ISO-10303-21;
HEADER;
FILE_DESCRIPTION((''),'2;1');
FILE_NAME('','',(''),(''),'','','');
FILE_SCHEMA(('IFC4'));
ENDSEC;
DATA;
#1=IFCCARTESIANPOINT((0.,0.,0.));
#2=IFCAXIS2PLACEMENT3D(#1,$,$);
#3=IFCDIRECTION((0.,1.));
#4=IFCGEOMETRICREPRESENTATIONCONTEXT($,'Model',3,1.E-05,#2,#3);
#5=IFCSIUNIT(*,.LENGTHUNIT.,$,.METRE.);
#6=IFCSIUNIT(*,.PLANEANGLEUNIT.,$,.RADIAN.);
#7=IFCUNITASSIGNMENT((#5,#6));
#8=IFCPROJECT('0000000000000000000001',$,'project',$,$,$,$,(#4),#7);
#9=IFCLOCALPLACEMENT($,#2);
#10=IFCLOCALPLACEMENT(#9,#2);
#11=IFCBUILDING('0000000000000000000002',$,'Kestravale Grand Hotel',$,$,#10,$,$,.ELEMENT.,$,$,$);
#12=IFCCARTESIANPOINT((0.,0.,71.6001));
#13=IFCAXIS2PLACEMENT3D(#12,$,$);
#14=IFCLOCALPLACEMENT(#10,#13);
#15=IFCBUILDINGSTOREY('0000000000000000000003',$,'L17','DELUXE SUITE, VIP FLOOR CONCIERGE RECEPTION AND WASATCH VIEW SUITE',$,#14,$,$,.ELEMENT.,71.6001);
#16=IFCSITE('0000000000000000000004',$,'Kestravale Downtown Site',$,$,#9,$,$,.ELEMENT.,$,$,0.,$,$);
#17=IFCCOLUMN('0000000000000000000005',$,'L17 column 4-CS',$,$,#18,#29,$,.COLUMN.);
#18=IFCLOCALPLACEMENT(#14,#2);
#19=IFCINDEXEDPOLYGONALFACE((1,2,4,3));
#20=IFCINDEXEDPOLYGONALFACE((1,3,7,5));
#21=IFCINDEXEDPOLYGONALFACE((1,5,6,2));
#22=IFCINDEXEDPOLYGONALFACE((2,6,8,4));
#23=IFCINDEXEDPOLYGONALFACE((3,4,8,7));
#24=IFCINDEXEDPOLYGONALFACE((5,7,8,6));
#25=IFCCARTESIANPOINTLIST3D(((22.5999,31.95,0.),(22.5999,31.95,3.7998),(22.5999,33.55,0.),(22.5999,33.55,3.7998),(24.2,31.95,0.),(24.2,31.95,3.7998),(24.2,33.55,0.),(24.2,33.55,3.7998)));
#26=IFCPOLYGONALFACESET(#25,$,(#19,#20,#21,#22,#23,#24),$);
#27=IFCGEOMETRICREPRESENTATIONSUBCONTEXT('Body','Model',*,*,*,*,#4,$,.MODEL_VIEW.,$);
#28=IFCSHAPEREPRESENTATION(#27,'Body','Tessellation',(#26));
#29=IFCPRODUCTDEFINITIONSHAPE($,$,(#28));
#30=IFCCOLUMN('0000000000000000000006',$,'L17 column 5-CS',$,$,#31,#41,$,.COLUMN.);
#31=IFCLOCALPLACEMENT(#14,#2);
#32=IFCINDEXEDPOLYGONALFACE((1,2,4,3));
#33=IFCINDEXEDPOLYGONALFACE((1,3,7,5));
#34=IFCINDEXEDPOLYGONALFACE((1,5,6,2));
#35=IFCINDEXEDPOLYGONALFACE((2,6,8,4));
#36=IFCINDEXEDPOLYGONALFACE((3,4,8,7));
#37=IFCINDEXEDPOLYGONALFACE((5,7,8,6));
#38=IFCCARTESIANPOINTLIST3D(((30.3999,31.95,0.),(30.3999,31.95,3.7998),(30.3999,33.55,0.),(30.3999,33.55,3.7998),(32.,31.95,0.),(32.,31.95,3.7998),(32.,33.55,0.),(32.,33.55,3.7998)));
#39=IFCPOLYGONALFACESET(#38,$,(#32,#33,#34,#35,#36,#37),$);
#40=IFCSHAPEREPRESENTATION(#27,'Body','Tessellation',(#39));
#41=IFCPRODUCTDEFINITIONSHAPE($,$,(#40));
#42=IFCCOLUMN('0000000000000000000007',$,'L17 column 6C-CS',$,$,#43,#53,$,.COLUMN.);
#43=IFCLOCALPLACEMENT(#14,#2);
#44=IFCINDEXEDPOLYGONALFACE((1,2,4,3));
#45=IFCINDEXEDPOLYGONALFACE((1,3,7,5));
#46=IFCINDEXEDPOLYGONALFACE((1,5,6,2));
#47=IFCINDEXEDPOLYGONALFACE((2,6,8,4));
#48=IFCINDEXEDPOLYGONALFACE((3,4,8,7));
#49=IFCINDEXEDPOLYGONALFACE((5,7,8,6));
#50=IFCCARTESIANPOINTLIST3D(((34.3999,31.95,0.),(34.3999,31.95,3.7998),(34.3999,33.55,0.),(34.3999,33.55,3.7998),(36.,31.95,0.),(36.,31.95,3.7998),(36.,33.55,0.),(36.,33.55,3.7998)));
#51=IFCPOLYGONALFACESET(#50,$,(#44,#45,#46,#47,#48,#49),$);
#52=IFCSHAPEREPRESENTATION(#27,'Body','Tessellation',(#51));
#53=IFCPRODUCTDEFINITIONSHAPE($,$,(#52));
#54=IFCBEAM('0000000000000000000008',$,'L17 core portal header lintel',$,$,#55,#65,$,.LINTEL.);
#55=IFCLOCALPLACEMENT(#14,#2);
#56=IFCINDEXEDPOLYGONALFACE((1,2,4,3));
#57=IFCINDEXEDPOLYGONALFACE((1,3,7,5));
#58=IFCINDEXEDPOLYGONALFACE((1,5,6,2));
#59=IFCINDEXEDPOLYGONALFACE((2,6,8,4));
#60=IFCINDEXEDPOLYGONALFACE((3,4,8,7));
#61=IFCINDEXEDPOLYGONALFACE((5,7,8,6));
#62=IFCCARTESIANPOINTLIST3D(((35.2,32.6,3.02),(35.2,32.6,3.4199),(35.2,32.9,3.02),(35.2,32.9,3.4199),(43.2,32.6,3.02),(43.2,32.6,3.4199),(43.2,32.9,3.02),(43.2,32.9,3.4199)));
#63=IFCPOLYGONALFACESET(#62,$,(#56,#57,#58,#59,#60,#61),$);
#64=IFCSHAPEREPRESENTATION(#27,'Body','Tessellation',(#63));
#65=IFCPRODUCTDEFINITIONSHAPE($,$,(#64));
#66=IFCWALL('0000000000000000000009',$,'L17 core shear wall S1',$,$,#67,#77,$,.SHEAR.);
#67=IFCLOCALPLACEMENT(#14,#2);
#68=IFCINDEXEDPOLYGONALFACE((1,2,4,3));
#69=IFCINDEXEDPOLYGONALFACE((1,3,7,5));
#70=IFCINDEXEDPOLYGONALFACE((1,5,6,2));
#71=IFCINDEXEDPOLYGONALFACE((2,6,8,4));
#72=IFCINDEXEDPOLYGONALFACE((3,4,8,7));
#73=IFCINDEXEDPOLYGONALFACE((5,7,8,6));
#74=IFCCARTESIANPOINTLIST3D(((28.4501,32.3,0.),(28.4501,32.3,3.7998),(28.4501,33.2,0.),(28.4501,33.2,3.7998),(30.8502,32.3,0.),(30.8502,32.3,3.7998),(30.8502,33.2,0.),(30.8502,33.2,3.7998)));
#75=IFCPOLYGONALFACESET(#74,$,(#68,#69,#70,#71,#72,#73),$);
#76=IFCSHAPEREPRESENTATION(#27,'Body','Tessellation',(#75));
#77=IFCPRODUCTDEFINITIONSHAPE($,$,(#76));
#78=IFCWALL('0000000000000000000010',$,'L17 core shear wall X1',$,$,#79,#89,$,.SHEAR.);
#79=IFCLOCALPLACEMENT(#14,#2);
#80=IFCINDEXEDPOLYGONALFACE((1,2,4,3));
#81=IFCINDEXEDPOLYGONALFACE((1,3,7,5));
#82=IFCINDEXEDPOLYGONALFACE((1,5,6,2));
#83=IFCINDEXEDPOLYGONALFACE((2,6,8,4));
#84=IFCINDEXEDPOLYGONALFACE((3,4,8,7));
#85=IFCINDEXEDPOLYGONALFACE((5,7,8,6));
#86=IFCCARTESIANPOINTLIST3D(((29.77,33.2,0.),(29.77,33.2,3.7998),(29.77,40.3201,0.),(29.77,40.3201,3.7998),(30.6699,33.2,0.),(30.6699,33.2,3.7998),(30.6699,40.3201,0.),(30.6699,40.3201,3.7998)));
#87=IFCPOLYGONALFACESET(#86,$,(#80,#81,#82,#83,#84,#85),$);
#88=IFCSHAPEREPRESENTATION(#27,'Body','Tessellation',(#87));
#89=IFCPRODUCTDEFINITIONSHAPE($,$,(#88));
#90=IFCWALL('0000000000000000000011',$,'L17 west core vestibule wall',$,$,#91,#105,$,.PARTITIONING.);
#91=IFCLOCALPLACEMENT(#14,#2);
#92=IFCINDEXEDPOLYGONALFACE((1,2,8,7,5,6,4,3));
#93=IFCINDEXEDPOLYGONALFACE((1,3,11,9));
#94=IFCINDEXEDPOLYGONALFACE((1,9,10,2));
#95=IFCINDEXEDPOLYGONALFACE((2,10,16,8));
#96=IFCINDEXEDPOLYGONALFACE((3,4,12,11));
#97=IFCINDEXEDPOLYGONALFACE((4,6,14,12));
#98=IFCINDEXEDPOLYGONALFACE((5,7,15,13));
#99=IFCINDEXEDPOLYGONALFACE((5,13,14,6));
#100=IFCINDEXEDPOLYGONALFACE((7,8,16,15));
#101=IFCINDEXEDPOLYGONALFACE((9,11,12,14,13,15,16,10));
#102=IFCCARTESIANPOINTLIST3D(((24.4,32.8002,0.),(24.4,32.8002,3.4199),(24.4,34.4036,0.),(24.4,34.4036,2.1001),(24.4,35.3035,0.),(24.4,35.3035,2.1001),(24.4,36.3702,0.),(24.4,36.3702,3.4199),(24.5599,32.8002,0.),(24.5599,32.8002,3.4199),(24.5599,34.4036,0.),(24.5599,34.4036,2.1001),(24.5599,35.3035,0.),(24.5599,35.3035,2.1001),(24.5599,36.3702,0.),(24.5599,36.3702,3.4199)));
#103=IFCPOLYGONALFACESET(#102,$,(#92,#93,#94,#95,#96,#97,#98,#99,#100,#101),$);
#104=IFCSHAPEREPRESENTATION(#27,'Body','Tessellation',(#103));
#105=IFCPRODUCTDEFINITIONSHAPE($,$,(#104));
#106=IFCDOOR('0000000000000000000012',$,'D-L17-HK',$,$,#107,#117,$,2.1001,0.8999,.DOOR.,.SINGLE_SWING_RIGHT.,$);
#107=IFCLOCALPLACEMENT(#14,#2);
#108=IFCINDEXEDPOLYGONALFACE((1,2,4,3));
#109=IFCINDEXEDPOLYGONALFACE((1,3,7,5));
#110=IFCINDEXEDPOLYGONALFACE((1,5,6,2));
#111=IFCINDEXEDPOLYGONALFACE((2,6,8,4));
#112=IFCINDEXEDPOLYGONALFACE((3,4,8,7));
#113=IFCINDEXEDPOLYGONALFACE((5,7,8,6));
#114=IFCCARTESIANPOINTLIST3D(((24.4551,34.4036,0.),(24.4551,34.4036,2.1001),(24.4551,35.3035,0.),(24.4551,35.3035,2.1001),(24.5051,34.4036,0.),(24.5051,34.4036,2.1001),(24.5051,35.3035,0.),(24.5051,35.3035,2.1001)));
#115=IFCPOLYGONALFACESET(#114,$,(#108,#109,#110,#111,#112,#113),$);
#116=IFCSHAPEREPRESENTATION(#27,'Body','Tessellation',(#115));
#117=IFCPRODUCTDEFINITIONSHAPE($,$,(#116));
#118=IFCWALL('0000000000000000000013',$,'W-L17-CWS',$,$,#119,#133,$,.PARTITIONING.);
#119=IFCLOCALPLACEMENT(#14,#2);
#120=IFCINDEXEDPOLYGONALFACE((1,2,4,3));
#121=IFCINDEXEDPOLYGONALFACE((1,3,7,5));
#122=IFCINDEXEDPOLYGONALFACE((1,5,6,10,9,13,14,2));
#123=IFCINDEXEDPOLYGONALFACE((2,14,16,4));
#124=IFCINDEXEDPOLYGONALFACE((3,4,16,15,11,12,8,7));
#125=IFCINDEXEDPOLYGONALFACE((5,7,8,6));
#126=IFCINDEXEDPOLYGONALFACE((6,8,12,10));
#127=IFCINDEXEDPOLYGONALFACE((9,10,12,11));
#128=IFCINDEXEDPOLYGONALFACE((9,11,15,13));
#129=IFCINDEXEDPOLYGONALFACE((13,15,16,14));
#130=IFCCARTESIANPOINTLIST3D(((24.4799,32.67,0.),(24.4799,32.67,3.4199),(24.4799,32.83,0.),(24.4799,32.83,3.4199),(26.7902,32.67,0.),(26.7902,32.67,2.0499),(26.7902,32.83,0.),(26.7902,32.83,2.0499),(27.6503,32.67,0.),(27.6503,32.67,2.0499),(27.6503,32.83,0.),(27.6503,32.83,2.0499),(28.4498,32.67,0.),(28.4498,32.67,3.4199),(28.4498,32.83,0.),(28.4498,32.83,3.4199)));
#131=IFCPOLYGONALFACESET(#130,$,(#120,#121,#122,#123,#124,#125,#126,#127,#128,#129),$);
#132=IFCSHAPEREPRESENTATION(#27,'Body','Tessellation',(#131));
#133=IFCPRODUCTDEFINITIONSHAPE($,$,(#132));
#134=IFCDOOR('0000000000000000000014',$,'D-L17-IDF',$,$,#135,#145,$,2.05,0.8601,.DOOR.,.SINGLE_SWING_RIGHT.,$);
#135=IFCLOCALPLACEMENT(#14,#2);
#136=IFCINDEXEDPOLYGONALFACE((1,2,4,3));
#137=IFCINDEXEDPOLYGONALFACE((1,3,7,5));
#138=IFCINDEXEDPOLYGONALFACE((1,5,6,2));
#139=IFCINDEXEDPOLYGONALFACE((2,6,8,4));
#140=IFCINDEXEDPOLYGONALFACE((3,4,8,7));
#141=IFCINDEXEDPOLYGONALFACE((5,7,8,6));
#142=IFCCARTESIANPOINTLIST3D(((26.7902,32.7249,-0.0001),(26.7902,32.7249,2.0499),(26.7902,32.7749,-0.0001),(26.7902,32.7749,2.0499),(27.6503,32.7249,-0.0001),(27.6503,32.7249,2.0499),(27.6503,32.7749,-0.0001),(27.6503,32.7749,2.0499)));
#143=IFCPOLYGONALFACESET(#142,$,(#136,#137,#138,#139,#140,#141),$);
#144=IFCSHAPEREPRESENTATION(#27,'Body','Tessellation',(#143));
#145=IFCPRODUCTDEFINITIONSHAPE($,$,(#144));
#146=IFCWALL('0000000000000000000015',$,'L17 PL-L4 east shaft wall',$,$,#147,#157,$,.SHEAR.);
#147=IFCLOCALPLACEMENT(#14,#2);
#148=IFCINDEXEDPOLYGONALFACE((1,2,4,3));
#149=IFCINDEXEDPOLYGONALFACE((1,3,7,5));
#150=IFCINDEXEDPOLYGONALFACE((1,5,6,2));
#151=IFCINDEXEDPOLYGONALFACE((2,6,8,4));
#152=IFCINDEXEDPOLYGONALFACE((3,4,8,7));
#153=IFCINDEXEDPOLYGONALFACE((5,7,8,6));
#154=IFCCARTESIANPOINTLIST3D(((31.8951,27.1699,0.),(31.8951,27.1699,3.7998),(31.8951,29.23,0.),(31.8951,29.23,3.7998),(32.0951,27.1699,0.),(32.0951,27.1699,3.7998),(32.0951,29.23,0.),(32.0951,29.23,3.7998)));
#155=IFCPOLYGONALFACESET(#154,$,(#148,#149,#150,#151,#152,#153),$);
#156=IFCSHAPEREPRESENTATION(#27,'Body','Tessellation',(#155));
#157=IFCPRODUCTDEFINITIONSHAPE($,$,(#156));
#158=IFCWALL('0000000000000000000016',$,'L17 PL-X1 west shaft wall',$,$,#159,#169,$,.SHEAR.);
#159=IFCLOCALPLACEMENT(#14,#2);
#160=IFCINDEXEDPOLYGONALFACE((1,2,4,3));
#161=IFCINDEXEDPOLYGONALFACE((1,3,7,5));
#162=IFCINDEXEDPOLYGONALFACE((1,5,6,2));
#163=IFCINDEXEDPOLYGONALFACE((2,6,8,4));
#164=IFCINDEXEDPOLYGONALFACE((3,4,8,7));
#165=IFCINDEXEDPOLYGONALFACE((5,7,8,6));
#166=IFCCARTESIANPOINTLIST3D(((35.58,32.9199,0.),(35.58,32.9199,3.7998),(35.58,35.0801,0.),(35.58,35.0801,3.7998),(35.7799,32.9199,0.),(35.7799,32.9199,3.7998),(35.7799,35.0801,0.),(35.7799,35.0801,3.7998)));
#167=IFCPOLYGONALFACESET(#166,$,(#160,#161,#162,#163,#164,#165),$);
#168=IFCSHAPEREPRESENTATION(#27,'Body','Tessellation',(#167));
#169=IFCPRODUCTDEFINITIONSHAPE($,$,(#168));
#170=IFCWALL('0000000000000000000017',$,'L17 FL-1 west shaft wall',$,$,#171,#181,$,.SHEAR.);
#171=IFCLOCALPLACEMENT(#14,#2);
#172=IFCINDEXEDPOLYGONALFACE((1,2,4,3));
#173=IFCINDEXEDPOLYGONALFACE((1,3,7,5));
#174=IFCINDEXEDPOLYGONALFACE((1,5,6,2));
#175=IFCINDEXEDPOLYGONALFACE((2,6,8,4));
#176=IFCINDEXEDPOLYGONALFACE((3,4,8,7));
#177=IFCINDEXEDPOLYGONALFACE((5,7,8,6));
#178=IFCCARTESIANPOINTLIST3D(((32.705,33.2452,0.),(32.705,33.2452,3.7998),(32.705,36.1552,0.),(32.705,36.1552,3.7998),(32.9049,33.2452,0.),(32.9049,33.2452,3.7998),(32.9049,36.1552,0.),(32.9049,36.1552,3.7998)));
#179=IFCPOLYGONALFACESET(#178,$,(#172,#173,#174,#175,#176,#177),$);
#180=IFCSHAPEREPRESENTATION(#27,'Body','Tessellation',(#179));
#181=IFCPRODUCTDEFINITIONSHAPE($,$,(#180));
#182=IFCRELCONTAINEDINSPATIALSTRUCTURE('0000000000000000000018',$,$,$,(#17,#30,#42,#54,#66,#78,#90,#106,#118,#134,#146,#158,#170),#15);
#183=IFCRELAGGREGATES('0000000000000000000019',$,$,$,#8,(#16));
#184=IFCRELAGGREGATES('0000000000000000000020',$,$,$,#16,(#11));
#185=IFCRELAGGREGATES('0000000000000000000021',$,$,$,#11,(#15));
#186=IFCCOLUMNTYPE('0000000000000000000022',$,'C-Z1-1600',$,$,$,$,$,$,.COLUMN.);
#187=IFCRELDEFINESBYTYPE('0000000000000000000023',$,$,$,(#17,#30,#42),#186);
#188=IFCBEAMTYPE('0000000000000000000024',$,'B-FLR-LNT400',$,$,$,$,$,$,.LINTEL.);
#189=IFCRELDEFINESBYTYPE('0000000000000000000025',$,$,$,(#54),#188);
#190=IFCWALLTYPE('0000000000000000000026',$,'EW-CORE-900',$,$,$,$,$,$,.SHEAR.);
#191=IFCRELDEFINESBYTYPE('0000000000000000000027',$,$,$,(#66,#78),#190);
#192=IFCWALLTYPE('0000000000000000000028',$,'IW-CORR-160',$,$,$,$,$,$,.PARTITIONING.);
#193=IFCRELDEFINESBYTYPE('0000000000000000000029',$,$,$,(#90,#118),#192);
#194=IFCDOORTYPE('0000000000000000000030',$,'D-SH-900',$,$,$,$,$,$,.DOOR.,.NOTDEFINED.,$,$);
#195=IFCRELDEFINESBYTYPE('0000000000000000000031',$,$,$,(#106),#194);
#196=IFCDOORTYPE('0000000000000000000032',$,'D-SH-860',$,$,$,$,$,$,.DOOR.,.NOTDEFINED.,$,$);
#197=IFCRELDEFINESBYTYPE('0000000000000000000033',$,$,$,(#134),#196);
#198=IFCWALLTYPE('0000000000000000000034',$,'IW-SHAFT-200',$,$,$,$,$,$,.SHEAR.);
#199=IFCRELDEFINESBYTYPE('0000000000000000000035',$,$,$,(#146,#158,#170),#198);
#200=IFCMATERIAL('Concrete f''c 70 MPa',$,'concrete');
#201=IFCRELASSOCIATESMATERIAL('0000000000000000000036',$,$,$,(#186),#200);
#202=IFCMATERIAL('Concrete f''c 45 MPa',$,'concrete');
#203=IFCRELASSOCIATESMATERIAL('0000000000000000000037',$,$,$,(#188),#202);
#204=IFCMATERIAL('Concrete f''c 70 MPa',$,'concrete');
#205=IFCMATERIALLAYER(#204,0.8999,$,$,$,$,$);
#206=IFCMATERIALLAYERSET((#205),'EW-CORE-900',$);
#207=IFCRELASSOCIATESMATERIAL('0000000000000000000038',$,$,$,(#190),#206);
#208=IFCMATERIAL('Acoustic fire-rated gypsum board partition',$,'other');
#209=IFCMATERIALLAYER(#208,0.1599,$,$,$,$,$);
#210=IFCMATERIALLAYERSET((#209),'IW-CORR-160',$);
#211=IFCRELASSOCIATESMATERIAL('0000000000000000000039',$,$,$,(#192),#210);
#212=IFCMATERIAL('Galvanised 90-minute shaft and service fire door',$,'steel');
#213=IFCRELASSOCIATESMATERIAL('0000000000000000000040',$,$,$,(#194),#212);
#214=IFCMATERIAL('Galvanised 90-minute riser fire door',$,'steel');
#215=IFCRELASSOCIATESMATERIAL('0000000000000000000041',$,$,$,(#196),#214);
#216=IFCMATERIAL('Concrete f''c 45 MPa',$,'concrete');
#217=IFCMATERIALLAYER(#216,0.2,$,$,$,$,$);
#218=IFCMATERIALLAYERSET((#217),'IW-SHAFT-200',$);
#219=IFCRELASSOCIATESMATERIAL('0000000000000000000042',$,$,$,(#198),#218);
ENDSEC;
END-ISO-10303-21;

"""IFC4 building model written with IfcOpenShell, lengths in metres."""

from ifc_helpers import new_model, si_unit, direction, frame, frame_2d, origin, origin_2d, place, context, subcontext, project, spatial, rectangle, extrude, material, layer, layer_set, material_profile, profile_set, type_object, element, fill, save


model = new_model("IFC4")

# Units and contexts
model_context = context("Model", 3, precision=1e-05, world=origin(), true_north=direction((0.0, 1.0)))
body_context = subcontext(model_context, "Body", "Model", "MODEL_VIEW")
ifc_project = project(units=[si_unit("LENGTHUNIT", "METRE"), si_unit("PLANEANGLEUNIT", "RADIAN")], contexts=[model_context])

# Site, building, storey
site_placement = place(None, origin())
site = spatial("IfcSite", under=ifc_project, at=site_placement, Name="Kestravale Downtown Site", CompositionType="ELEMENT", RefElevation=0.0)
building_placement = place(site_placement, origin())
building = spatial("IfcBuilding", under=site, at=building_placement, Name="Kestravale Grand Hotel", CompositionType="ELEMENT")
storey_placement = place(building_placement, frame((0.0, 0.0, 71.6001)))
storey = spatial("IfcBuildingStorey", under=building, at=storey_placement, Name="L17", Description="DELUXE SUITE, VIP FLOOR CONCIERGE RECEPTION AND WASATCH VIEW SUITE", CompositionType="ELEMENT", Elevation=71.6001)

# Columns
ifc_material_1 = material(Name="Concrete f'c 70 MPa", Category="concrete")
ifc_material_profile_1 = material_profile(ifc_material_1, rectangle(XDim=1.6001, YDim=1.6001, at=origin_2d()))
ifc_profile_set_1 = profile_set([ifc_material_profile_1], Name="Concrete f'c 70 MPa")
column_type = type_object("IfcColumnType", Name="C-Z1-1600", PredefinedType="COLUMN", material=ifc_profile_set_1)
for number, where, z_axis, x_axis, name in (
    (1, (23.3999, 32.75, 0.0), (0.0, 0.0, 1.0), (1.0, 0.0, 0.0), "L17 column 4-CS"),
    (2, (31.2, 32.75, 0.0), (0.0, 0.0, 1.0), (1.0, 0.0, 0.0), "L17 column 5-CS"),
    (3, (35.2, 32.75, 0.0), (0.0, 0.0, 1.0), (1.0, 0.0, 0.0), "L17 column 6C-CS"),
):
    element("IfcColumn", number, at=place(storey_placement, frame(where, z_axis=z_axis, x_axis=x_axis)), inside=storey, type_object=column_type, Name=name, PredefinedType="COLUMN", context=body_context, shape_type="SweptSolid", body=[
        extrude(rectangle(XDim=1.6001, YDim=1.6001, at=origin_2d()), origin(), (0.0, 0.0, 1.0), 3.7998),
    ])

# Beam
ifc_material_2 = material(Name="Concrete f'c 45 MPa", Category="concrete")
ifc_material_profile_2 = material_profile(ifc_material_2, rectangle(XDim=0.3, YDim=0.3999, at=origin_2d()))
ifc_profile_set_2 = profile_set([ifc_material_profile_2], Name="Concrete f'c 45 MPa")
beam_type = type_object("IfcBeamType", Name="B-FLR-LNT400", PredefinedType="LINTEL", material=ifc_profile_set_2)
beam_placement = place(storey_placement, frame((35.2, 32.75, 3.22), z_axis=(1.0, 0.0, 0.0), x_axis=(0.0, 1.0, 0.0)))
element("IfcBeam", 4, at=beam_placement, inside=storey, type_object=beam_type, Name="L17 core portal header lintel", PredefinedType="LINTEL", context=body_context, shape_type="SweptSolid", body=[
    extrude(rectangle(XDim=0.3, YDim=0.3999, at=origin_2d()), origin(), (0.0, 0.0, 1.0), 8.0),
])

# Walls
ifc_material_3 = material(Name="Concrete f'c 70 MPa", Category="concrete")
ifc_layer_1 = layer(ifc_material_3, 0.8999)
ifc_layer_set_1 = layer_set([ifc_layer_1], Name="EW-CORE-900")
wall_type_1 = type_object("IfcWallType", Name="EW-CORE-900", PredefinedType="SHEAR", material=ifc_layer_set_1)
wall_1_placement = place(storey_placement, frame((28.45, 32.75, 0.0), z_axis=(0.0, 0.0, 1.0), x_axis=(1.0, 0.0, 0.0)))
element("IfcWall", 5, at=wall_1_placement, inside=storey, type_object=wall_type_1, Name="L17 core shear wall S1", PredefinedType="SHEAR", context=body_context, shape_type="SweptSolid", body=[
    extrude(rectangle(XDim=2.4001, YDim=0.8999, at=frame_2d((1.2002, 0.0))), origin(), (0.0, 0.0, 1.0), 3.7998),
])
wall_2_placement = place(storey_placement, frame((30.22, 33.2, 0.0), z_axis=(0.0, 0.0, 1.0), x_axis=(0.0, 1.0, 0.0)))
element("IfcWall", 6, at=wall_2_placement, inside=storey, type_object=wall_type_1, Name="L17 core shear wall X1", PredefinedType="SHEAR", context=body_context, shape_type="SweptSolid", body=[
    extrude(rectangle(XDim=7.1201, YDim=0.8999, at=frame_2d((3.5601, 0.0))), origin(), (0.0, 0.0, 1.0), 3.7998),
])

# Walls, openings, doors
ifc_material_4 = material(Name="Acoustic fire-rated gypsum board partition", Category="other")
ifc_layer_2 = layer(ifc_material_4, 0.1599)
ifc_layer_set_2 = layer_set([ifc_layer_2], Name="IW-CORR-160")
wall_type_2 = type_object("IfcWallType", Name="IW-CORR-160", PredefinedType="PARTITIONING", material=ifc_layer_set_2)
wall_3_placement = place(storey_placement, frame((24.48, 32.8, 0.0), z_axis=(0.0, 0.0, 1.0), x_axis=(0.0, 1.0, 0.0)))
wall_3 = element("IfcWall", 7, at=wall_3_placement, inside=storey, type_object=wall_type_2, Name="L17 west core vestibule wall", PredefinedType="PARTITIONING", context=body_context, shape_type="SweptSolid", body=[
    extrude(rectangle(XDim=3.5701, YDim=0.1599, at=frame_2d((1.7852, 0.0))), origin(), (0.0, 0.0, 1.0), 3.4199),
])
opening_1_placement = place(wall_3_placement, frame((1.6035, 0.0, 0.0)))
opening_1 = element("IfcOpeningElement", 8, at=opening_1_placement, cuts=wall_3, PredefinedType="OPENING", context=body_context, shape_type="SweptSolid", body=[
    extrude(rectangle(XDim=0.8999, YDim=2.1001, at=frame_2d((0.45, 1.05))), frame((0.0, 0.0898, 0.0), z_axis=(0.0, -1.0, 0.0), x_axis=(1.0, 0.0, 0.0)), (0.0, 0.0, 1.0), 0.1799),
])
ifc_material_5 = material(Name="Galvanised 90-minute shaft and service fire door", Category="steel")
door_type_1 = type_object("IfcDoorType", Name="D-SH-900", OperationType="NOTDEFINED", PredefinedType="DOOR", material=ifc_material_5)
door_1_placement = place(opening_1_placement, origin())
door_1 = element("IfcDoor", 9, at=door_1_placement, inside=storey, type_object=door_type_1, Name="D-L17-HK", OperationType="SINGLE_SWING_RIGHT", OverallHeight=2.1001, OverallWidth=0.8999, PredefinedType="DOOR", context=body_context, shape_type="SweptSolid", body=[
    extrude(rectangle(XDim=0.8999, YDim=2.1001, at=frame_2d((0.45, 1.05))), frame((0.0, 0.0249, 0.0), z_axis=(0.0, -1.0, 0.0), x_axis=(1.0, 0.0, 0.0)), (0.0, 0.0, 1.0), 0.05),
])
fill(opening_1, door_1)
wall_4_placement = place(storey_placement, frame((24.48, 32.75, 0.0), z_axis=(0.0, 0.0, 1.0), x_axis=(1.0, 0.0, 0.0)))
wall_4 = element("IfcWall", 10, at=wall_4_placement, inside=storey, type_object=wall_type_2, Name="W-L17-CWS", PredefinedType="PARTITIONING", context=body_context, shape_type="SweptSolid", body=[
    extrude(rectangle(XDim=3.97, YDim=0.1599, at=frame_2d((1.9849, 0.0))), origin(), (0.0, 0.0, 1.0), 3.4199),
])
opening_2_placement = place(wall_4_placement, frame((2.3101, 0.0, 0.0)))
opening_2 = element("IfcOpeningElement", 11, at=opening_2_placement, cuts=wall_4, PredefinedType="OPENING", context=body_context, shape_type="SweptSolid", body=[
    extrude(rectangle(XDim=0.8601, YDim=2.05, at=frame_2d((0.4302, 1.0249))), frame((0.0, 0.0898, 0.0), z_axis=(0.0, -1.0, 0.0), x_axis=(1.0, 0.0, 0.0)), (0.0, 0.0, 1.0), 0.1799),
])
ifc_material_6 = material(Name="Galvanised 90-minute riser fire door", Category="steel")
door_type_2 = type_object("IfcDoorType", Name="D-SH-860", OperationType="NOTDEFINED", PredefinedType="DOOR", material=ifc_material_6)
door_2_placement = place(opening_2_placement, origin())
door_2 = element("IfcDoor", 12, at=door_2_placement, inside=storey, type_object=door_type_2, Name="D-L17-IDF", OperationType="SINGLE_SWING_RIGHT", OverallHeight=2.05, OverallWidth=0.8601, PredefinedType="DOOR", context=body_context, shape_type="SweptSolid", body=[
    extrude(rectangle(XDim=0.8601, YDim=2.05, at=frame_2d((0.4302, 1.0249))), frame((0.0, 0.0249, 0.0), z_axis=(0.0, -1.0, 0.0), x_axis=(1.0, 0.0, 0.0)), (0.0, 0.0, 1.0), 0.05),
])
fill(opening_2, door_2)

# Walls
ifc_material_7 = material(Name="Concrete f'c 45 MPa", Category="concrete")
ifc_layer_3 = layer(ifc_material_7, 0.2)
ifc_layer_set_3 = layer_set([ifc_layer_3], Name="IW-SHAFT-200")
wall_type_3 = type_object("IfcWallType", Name="IW-SHAFT-200", PredefinedType="SHEAR", material=ifc_layer_set_3)
wall_5_placement = place(storey_placement, frame((31.9951, 27.1699, 0.0), z_axis=(0.0, 0.0, 1.0), x_axis=(0.0, 1.0, 0.0)))
element("IfcWall", 13, at=wall_5_placement, inside=storey, type_object=wall_type_3, Name="L17 PL-L4 east shaft wall", PredefinedType="SHEAR", context=body_context, shape_type="SweptSolid", body=[
    extrude(rectangle(XDim=2.0601, YDim=0.2, at=frame_2d((1.03, 0.0))), origin(), (0.0, 0.0, 1.0), 3.7998),
])
wall_6_placement = place(storey_placement, frame((35.6799, 32.9199, 0.0), z_axis=(0.0, 0.0, 1.0), x_axis=(0.0, 1.0, 0.0)))
element("IfcWall", 14, at=wall_6_placement, inside=storey, type_object=wall_type_3, Name="L17 PL-X1 west shaft wall", PredefinedType="SHEAR", context=body_context, shape_type="SweptSolid", body=[
    extrude(rectangle(XDim=2.1602, YDim=0.2, at=frame_2d((1.0801, 0.0))), origin(), (0.0, 0.0, 1.0), 3.7998),
])
for number, where, z_axis, x_axis, name in (
    (15, (32.8049, 33.2451, 0.0), (0.0, 0.0, 1.0), (0.0, 1.0, 0.0), "L17 FL-1 west shaft wall"),
):
    element("IfcWall", number, at=place(storey_placement, frame(where, z_axis=z_axis, x_axis=x_axis)), inside=storey, type_object=wall_type_3, Name=name, PredefinedType="SHEAR", context=body_context, shape_type="SweptSolid", body=[
        extrude(rectangle(XDim=2.9099, YDim=0.2, at=frame_2d((1.4551, 0.0))), origin(), (0.0, 0.0, 1.0), 3.7998),
    ])

save(model, "model.ifc")
